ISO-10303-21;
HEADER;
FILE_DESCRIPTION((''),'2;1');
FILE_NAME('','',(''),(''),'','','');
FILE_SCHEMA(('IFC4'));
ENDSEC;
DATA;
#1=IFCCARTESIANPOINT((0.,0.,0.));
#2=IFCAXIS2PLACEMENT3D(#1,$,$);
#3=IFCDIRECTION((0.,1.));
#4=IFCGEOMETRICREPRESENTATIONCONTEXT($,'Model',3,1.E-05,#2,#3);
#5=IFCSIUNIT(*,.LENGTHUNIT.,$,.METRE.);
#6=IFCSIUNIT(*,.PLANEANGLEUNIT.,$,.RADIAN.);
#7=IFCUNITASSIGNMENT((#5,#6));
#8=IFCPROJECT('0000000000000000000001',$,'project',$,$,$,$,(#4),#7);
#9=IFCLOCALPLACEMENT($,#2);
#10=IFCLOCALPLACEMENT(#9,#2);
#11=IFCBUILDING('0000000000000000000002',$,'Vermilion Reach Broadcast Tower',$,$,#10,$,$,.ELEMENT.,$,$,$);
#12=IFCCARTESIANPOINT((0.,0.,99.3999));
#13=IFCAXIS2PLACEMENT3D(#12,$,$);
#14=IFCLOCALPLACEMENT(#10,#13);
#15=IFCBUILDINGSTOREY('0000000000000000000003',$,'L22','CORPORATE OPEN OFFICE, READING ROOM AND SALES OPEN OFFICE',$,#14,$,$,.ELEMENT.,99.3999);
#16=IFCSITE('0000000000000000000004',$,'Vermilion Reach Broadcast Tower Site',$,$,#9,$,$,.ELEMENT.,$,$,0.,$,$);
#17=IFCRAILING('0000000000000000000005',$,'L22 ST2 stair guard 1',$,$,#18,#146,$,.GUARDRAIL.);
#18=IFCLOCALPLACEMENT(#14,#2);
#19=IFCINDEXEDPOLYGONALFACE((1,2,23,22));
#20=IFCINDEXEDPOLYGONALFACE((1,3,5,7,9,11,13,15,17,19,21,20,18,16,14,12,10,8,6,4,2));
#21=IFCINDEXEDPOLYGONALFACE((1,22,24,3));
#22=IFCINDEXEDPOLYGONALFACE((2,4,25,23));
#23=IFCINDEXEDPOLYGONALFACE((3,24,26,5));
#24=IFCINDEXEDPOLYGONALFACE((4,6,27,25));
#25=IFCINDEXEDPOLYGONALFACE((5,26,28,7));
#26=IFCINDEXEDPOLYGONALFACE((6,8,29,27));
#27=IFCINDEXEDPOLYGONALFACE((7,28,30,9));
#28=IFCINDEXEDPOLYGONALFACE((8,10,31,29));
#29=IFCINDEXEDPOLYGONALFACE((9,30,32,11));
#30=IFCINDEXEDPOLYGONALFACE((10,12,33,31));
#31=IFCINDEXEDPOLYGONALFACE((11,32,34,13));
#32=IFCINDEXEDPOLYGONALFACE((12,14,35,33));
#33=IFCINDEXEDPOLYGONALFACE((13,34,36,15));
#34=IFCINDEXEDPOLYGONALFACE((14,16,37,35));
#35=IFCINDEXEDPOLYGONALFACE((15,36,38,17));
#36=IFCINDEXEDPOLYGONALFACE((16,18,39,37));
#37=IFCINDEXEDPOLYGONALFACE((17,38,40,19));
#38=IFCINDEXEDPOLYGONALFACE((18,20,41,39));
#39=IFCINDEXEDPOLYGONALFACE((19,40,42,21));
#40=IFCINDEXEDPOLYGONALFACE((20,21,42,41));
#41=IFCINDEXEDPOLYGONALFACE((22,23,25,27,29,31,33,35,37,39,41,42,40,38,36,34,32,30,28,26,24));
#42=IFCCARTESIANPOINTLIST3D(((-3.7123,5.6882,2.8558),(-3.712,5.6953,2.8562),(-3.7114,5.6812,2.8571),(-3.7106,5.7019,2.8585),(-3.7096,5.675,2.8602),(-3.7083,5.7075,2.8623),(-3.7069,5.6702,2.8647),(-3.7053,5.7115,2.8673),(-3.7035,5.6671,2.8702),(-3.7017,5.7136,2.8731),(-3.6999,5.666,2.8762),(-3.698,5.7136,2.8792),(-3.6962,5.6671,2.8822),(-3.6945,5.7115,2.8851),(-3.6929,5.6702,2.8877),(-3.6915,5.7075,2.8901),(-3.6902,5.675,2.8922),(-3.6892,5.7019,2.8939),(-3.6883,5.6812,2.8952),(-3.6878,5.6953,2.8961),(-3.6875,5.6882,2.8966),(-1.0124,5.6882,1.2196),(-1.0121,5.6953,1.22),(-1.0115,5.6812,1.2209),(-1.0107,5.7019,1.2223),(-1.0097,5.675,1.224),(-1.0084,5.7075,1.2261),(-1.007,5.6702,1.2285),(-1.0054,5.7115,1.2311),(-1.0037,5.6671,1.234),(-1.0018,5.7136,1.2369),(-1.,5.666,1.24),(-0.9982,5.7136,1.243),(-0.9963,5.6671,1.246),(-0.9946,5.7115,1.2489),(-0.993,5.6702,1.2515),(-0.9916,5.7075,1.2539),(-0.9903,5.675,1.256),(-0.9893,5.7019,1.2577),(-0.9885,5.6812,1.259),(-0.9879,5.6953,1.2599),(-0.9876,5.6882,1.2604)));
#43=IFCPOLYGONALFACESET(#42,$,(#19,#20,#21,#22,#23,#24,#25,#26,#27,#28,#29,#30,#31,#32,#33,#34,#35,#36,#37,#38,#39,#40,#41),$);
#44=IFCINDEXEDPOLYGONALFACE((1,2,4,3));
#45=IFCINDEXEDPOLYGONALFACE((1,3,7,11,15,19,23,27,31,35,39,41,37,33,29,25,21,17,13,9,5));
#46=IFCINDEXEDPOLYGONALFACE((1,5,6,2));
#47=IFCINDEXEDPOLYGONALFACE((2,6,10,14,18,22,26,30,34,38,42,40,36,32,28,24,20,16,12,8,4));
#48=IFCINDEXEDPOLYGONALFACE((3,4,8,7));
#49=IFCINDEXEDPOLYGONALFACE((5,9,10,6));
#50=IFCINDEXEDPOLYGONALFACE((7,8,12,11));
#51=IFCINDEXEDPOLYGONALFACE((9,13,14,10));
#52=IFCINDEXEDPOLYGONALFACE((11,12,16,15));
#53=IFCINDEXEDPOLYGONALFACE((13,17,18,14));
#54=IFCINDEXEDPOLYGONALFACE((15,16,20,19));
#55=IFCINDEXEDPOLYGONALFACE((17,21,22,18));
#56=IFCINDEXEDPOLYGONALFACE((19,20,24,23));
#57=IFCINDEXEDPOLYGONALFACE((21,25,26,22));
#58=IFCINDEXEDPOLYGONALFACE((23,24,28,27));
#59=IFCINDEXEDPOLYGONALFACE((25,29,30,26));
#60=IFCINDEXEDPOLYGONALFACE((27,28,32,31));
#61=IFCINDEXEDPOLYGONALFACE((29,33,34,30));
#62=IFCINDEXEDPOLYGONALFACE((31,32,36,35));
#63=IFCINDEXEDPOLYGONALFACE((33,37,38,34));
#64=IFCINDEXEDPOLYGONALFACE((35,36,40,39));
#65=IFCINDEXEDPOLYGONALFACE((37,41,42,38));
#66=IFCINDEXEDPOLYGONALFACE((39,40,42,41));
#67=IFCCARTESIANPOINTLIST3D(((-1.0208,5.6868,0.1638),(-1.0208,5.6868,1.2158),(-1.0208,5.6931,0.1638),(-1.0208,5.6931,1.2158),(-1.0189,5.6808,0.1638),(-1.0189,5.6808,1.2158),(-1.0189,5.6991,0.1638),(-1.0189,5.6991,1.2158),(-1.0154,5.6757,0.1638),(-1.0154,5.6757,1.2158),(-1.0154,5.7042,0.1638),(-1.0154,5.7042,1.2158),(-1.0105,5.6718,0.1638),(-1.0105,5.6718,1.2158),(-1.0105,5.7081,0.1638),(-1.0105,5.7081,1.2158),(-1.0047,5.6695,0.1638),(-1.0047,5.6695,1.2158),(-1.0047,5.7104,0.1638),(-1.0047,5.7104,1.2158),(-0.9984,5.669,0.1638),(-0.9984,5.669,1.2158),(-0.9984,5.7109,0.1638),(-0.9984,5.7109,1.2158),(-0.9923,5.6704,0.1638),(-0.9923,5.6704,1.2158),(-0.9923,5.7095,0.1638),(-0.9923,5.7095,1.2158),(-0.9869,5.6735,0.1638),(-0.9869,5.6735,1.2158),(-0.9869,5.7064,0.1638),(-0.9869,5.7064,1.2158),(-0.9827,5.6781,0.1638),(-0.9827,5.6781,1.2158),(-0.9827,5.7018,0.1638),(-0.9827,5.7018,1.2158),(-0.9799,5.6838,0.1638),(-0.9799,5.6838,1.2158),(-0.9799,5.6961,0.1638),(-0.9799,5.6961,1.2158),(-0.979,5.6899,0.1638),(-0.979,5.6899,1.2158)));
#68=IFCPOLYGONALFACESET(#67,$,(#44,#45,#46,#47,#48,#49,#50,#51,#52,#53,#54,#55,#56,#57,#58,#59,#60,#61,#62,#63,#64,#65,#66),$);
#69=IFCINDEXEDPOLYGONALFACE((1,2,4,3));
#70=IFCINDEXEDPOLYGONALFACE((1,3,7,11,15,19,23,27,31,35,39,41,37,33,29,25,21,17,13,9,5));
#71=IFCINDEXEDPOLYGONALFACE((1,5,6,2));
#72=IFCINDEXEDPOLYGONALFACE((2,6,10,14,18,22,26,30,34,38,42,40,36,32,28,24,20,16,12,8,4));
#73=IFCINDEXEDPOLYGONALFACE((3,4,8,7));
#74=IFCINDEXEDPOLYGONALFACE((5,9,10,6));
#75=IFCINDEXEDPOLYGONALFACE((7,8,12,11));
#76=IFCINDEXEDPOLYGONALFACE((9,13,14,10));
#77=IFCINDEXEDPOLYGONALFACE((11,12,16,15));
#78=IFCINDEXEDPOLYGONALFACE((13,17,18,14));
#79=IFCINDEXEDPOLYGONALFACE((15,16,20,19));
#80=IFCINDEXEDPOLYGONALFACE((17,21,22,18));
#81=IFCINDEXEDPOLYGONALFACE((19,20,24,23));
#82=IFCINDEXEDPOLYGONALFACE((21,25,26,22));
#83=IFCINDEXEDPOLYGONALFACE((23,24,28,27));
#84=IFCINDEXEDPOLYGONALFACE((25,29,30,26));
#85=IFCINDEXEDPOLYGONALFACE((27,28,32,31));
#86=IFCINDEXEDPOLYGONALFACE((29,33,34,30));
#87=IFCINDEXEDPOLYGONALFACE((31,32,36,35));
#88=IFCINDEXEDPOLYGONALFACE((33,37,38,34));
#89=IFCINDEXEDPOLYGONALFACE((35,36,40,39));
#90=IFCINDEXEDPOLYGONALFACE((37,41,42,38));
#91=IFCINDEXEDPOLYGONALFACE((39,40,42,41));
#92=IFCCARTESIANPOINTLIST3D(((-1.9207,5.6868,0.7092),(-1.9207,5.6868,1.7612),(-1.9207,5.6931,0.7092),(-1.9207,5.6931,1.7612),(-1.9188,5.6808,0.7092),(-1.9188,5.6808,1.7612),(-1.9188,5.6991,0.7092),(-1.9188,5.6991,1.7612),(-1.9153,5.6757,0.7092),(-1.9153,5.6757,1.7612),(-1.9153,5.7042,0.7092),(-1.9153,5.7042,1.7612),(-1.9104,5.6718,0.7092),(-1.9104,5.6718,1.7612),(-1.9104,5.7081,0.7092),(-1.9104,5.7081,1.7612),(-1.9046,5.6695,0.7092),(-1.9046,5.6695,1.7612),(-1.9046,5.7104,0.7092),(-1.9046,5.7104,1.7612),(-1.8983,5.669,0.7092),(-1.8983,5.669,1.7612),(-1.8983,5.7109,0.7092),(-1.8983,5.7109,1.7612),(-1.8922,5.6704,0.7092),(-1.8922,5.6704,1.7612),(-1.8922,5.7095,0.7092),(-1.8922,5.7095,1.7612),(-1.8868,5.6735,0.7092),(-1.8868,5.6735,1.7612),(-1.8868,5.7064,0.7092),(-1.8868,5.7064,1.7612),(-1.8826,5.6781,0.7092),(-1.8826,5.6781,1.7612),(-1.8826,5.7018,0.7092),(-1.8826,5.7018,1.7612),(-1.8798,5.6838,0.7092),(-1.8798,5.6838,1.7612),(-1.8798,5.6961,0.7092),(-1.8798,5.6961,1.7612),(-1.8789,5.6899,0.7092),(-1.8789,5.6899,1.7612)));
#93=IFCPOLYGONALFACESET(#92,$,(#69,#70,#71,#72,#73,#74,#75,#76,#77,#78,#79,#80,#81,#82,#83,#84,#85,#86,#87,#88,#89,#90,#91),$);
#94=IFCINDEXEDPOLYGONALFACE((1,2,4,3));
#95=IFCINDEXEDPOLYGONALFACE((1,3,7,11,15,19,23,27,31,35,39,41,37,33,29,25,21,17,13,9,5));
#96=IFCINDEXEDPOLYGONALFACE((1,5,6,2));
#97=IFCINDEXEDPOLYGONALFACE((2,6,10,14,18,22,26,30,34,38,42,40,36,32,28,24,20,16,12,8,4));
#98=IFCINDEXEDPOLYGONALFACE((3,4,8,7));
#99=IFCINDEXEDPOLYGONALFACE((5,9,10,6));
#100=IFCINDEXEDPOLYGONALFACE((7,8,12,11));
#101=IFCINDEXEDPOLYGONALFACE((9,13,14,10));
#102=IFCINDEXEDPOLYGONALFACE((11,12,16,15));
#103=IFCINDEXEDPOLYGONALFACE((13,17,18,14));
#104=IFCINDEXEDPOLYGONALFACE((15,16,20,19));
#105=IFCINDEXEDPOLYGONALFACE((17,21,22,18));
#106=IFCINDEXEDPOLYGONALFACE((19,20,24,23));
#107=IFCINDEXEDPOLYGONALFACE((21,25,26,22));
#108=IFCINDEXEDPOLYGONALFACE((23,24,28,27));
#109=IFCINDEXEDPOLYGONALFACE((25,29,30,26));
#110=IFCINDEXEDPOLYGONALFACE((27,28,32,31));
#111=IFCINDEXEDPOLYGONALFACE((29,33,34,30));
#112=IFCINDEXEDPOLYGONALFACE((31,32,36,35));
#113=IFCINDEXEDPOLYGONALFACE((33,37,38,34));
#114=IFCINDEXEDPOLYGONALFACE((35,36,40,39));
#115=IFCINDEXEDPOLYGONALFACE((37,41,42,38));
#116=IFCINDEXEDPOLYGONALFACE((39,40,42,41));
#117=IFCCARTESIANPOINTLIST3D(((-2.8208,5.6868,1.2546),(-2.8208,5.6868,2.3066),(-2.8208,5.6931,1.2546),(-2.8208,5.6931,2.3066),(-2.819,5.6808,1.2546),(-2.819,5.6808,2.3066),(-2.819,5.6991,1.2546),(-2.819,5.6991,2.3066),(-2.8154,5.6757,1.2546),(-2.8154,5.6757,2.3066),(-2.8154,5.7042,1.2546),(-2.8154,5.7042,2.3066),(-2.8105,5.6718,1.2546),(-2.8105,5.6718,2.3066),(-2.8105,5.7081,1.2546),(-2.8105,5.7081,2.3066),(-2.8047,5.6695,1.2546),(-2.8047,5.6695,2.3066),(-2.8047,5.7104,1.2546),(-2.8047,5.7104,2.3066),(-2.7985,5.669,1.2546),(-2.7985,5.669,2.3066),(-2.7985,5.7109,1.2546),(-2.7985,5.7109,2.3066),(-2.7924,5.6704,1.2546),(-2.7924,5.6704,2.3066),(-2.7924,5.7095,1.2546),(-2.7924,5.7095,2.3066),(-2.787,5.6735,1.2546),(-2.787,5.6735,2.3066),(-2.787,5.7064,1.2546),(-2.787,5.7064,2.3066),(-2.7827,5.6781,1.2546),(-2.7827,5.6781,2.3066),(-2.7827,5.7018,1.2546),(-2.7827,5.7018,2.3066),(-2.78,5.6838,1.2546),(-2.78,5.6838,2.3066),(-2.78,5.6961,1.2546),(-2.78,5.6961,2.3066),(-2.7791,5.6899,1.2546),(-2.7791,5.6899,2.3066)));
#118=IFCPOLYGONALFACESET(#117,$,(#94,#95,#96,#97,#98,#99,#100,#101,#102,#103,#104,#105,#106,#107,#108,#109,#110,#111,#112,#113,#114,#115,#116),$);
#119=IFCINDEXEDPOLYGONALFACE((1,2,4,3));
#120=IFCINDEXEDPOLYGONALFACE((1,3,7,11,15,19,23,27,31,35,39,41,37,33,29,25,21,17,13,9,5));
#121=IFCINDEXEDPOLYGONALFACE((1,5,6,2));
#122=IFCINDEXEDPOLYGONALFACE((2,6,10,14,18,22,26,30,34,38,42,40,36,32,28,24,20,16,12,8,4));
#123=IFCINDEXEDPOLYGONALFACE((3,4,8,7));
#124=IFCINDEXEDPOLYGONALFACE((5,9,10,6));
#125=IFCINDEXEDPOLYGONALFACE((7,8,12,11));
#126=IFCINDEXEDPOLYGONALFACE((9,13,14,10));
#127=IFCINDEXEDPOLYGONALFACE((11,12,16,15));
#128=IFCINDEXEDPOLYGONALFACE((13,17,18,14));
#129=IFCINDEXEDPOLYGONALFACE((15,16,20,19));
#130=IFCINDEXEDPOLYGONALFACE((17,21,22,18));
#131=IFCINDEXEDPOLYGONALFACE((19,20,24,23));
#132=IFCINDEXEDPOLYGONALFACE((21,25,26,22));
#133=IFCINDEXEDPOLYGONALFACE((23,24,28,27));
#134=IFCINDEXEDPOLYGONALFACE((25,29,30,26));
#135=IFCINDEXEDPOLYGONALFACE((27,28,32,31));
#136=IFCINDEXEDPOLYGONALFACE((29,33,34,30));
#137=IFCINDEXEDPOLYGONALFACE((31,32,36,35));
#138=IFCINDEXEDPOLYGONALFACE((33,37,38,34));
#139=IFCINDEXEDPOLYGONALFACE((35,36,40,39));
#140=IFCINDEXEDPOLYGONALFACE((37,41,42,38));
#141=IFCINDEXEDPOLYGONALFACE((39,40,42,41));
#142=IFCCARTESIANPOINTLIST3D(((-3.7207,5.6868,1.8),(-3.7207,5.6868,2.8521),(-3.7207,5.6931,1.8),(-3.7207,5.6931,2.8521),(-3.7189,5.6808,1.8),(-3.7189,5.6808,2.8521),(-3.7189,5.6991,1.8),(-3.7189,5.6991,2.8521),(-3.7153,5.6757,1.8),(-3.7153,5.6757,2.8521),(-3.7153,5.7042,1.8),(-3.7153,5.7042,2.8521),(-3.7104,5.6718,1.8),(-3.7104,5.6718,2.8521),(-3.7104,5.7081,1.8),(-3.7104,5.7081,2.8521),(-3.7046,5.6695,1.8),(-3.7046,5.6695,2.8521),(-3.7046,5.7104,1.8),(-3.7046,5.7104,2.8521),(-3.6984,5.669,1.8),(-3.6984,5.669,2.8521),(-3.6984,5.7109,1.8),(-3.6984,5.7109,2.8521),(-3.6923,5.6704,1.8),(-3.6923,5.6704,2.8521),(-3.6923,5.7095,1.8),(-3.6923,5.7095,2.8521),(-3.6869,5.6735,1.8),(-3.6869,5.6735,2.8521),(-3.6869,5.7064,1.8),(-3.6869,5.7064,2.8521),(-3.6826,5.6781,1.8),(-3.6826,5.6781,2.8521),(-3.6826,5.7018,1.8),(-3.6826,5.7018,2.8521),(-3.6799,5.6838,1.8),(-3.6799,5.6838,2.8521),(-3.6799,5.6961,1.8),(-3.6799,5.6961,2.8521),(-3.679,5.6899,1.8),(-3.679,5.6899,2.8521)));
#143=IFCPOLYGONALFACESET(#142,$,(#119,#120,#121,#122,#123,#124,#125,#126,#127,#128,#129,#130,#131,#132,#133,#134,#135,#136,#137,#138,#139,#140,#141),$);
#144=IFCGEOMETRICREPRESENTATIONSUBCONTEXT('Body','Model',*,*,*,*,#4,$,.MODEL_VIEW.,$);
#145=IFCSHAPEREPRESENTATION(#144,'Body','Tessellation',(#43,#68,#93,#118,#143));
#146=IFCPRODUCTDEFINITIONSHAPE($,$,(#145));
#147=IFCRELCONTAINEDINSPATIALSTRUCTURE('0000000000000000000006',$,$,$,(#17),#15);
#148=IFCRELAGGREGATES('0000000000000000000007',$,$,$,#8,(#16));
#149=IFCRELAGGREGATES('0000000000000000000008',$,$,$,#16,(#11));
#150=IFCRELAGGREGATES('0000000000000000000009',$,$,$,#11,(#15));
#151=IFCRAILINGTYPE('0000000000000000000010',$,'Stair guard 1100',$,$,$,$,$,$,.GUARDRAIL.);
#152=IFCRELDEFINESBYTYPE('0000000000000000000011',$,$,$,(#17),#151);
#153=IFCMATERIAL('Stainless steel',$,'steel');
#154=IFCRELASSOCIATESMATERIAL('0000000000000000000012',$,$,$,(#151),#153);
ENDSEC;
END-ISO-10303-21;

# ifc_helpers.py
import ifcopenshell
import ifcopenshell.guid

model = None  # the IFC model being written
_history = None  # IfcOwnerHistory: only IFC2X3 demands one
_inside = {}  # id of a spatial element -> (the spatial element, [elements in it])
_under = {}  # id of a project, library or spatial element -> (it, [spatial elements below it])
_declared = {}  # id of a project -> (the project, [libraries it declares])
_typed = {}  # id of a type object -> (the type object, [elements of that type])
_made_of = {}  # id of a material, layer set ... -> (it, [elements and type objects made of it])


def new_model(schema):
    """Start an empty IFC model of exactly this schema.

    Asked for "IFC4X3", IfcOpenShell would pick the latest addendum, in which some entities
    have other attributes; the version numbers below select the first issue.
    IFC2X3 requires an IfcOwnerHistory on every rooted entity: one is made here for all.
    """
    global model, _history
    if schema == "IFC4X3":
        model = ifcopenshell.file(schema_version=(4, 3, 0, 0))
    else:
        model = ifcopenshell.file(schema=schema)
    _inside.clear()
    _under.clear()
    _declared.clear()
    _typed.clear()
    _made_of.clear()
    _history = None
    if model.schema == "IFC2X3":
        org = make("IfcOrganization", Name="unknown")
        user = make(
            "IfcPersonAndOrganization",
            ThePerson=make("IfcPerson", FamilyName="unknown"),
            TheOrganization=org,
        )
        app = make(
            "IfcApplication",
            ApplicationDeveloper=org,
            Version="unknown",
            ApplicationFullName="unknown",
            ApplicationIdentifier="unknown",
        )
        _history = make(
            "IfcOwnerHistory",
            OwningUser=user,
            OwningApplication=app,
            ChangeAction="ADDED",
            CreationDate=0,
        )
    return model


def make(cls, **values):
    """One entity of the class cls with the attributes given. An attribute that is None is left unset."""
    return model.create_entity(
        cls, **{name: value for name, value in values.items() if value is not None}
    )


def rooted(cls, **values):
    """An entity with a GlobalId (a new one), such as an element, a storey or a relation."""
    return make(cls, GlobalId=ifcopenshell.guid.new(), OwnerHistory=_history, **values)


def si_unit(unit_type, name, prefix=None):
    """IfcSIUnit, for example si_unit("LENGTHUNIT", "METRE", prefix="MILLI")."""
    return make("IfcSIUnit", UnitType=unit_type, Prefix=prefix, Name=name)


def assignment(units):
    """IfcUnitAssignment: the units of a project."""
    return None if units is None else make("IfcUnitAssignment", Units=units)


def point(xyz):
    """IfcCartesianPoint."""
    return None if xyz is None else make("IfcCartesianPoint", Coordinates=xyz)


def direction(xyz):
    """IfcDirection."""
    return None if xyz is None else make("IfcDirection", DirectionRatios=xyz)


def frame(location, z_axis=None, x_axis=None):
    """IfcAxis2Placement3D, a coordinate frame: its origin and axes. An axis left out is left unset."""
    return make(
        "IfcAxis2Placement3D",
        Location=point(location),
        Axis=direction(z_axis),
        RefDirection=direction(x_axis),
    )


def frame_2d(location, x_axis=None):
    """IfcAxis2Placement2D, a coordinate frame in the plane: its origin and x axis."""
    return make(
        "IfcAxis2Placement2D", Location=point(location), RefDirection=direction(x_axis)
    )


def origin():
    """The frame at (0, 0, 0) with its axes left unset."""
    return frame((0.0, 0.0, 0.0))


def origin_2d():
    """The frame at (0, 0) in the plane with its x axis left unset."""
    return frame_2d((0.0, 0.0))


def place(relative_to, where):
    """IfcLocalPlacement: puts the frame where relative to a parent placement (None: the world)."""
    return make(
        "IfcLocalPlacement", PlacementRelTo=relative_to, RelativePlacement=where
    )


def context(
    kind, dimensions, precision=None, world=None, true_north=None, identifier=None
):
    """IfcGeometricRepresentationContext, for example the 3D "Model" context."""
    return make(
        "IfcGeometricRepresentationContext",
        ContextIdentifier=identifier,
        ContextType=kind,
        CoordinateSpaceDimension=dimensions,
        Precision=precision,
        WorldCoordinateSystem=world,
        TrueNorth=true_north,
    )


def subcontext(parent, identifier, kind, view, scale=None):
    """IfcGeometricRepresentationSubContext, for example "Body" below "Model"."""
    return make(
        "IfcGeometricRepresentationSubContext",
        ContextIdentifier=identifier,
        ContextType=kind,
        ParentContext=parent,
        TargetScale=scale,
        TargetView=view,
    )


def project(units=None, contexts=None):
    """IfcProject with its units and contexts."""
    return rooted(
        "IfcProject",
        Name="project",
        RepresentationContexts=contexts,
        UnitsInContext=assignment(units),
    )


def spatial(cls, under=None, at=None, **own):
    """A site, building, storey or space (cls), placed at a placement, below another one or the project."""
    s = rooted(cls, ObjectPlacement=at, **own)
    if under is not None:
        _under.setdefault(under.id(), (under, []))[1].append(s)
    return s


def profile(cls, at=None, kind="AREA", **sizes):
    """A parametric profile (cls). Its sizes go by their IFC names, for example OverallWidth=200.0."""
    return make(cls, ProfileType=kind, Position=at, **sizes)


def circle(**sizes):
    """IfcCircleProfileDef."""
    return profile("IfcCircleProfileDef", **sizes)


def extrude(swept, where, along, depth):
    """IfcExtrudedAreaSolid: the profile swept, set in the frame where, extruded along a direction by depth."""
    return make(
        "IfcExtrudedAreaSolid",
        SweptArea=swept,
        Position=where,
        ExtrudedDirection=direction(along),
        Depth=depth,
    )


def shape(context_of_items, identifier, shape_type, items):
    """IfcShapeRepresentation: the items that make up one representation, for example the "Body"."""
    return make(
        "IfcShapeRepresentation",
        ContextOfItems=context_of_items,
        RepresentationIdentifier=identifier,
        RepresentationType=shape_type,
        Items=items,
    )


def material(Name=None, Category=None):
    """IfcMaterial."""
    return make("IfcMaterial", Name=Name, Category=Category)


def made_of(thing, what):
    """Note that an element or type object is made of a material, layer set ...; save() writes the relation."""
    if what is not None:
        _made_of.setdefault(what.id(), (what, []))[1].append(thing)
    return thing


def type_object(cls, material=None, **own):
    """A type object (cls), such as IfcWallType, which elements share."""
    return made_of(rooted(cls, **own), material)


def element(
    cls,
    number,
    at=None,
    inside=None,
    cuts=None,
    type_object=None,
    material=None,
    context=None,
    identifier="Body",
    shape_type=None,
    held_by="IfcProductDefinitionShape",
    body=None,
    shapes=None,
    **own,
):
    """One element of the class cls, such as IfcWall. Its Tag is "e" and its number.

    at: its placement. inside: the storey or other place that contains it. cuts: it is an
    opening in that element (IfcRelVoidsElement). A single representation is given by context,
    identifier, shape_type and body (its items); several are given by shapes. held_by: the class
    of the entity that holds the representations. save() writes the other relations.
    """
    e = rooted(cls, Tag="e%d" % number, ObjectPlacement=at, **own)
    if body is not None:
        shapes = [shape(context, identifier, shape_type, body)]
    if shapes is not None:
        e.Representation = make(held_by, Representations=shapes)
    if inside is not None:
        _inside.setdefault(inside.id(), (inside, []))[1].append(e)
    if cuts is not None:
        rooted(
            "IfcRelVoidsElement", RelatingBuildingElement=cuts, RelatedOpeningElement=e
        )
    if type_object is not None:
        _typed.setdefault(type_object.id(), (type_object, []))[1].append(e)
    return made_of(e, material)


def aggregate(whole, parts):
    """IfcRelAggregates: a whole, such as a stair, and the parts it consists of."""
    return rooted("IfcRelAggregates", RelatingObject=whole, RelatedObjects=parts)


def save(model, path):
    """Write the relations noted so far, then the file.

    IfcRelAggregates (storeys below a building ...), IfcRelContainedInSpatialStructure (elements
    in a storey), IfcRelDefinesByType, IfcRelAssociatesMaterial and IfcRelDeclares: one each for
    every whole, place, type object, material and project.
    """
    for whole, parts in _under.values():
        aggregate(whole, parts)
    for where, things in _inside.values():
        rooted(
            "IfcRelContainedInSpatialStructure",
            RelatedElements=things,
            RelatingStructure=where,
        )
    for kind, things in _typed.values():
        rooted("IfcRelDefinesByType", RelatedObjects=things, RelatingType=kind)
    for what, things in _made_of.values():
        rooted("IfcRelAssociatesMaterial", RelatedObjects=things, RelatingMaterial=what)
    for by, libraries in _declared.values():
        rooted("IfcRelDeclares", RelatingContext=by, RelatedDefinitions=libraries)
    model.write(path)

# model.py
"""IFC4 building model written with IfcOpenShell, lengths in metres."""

from ifc_helpers import new_model, si_unit, direction, frame, origin, origin_2d, place, context, subcontext, project, spatial, circle, extrude, material, type_object, element, save


model = new_model("IFC4")

# Units and contexts
model_context = context("Model", 3, precision=1e-05, world=origin(), true_north=direction((0.0, 1.0)))
body_context = subcontext(model_context, "Body", "Model", "MODEL_VIEW")
ifc_project = project(units=[si_unit("LENGTHUNIT", "METRE"), si_unit("PLANEANGLEUNIT", "RADIAN")], contexts=[model_context])

# Site, building, storey
site_placement = place(None, origin())
site = spatial("IfcSite", under=ifc_project, at=site_placement, Name="Vermilion Reach Broadcast Tower Site", CompositionType="ELEMENT", RefElevation=0.0)
building_placement = place(site_placement, origin())
building = spatial("IfcBuilding", under=site, at=building_placement, Name="Vermilion Reach Broadcast Tower", CompositionType="ELEMENT")
storey_placement = place(building_placement, frame((0.0, 0.0, 99.3999)))
storey = spatial("IfcBuildingStorey", under=building, at=storey_placement, Name="L22", Description="CORPORATE OPEN OFFICE, READING ROOM AND SALES OPEN OFFICE", CompositionType="ELEMENT", Elevation=99.3999)

# Railing
ifc_material_1 = material(Name="Stainless steel", Category="steel")
railing_type_1 = type_object("IfcRailingType", Name="Stair guard 1100", PredefinedType="GUARDRAIL", material=ifc_material_1)
railing_1_placement = place(storey_placement, frame((-1.0, 5.6899, 0.1638)))
element("IfcRailing", 1, at=railing_1_placement, inside=storey, type_object=railing_type_1, Name="L22 ST2 stair guard 1", PredefinedType="GUARDRAIL", context=body_context, shape_type="SweptSolid", body=[
    extrude(circle(Radius=0.0239, at=origin_2d()), frame((0.0, 0.0, 1.0762), z_axis=(-0.855212, 0.0, 0.518278), x_axis=(0.0, -1.0, 0.0)), (0.0, 0.0, 1.0), 3.157),
    extrude(circle(Radius=0.021, at=origin_2d()), origin(), (0.0, 0.0, 1.0), 1.052),
    extrude(circle(Radius=0.021, at=origin_2d()), frame((-0.8999, 0.0, 0.5454)), (0.0, 0.0, 1.0), 1.052),
    extrude(circle(Radius=0.021, at=origin_2d()), frame((-1.8, 0.0, 1.0908)), (0.0, 0.0, 1.0), 1.052),
    extrude(circle(Radius=0.021, at=origin_2d()), frame((-2.7, 0.0, 1.6362)), (0.0, 0.0, 1.0), 1.052),
])

save(model, "model.ifc")
